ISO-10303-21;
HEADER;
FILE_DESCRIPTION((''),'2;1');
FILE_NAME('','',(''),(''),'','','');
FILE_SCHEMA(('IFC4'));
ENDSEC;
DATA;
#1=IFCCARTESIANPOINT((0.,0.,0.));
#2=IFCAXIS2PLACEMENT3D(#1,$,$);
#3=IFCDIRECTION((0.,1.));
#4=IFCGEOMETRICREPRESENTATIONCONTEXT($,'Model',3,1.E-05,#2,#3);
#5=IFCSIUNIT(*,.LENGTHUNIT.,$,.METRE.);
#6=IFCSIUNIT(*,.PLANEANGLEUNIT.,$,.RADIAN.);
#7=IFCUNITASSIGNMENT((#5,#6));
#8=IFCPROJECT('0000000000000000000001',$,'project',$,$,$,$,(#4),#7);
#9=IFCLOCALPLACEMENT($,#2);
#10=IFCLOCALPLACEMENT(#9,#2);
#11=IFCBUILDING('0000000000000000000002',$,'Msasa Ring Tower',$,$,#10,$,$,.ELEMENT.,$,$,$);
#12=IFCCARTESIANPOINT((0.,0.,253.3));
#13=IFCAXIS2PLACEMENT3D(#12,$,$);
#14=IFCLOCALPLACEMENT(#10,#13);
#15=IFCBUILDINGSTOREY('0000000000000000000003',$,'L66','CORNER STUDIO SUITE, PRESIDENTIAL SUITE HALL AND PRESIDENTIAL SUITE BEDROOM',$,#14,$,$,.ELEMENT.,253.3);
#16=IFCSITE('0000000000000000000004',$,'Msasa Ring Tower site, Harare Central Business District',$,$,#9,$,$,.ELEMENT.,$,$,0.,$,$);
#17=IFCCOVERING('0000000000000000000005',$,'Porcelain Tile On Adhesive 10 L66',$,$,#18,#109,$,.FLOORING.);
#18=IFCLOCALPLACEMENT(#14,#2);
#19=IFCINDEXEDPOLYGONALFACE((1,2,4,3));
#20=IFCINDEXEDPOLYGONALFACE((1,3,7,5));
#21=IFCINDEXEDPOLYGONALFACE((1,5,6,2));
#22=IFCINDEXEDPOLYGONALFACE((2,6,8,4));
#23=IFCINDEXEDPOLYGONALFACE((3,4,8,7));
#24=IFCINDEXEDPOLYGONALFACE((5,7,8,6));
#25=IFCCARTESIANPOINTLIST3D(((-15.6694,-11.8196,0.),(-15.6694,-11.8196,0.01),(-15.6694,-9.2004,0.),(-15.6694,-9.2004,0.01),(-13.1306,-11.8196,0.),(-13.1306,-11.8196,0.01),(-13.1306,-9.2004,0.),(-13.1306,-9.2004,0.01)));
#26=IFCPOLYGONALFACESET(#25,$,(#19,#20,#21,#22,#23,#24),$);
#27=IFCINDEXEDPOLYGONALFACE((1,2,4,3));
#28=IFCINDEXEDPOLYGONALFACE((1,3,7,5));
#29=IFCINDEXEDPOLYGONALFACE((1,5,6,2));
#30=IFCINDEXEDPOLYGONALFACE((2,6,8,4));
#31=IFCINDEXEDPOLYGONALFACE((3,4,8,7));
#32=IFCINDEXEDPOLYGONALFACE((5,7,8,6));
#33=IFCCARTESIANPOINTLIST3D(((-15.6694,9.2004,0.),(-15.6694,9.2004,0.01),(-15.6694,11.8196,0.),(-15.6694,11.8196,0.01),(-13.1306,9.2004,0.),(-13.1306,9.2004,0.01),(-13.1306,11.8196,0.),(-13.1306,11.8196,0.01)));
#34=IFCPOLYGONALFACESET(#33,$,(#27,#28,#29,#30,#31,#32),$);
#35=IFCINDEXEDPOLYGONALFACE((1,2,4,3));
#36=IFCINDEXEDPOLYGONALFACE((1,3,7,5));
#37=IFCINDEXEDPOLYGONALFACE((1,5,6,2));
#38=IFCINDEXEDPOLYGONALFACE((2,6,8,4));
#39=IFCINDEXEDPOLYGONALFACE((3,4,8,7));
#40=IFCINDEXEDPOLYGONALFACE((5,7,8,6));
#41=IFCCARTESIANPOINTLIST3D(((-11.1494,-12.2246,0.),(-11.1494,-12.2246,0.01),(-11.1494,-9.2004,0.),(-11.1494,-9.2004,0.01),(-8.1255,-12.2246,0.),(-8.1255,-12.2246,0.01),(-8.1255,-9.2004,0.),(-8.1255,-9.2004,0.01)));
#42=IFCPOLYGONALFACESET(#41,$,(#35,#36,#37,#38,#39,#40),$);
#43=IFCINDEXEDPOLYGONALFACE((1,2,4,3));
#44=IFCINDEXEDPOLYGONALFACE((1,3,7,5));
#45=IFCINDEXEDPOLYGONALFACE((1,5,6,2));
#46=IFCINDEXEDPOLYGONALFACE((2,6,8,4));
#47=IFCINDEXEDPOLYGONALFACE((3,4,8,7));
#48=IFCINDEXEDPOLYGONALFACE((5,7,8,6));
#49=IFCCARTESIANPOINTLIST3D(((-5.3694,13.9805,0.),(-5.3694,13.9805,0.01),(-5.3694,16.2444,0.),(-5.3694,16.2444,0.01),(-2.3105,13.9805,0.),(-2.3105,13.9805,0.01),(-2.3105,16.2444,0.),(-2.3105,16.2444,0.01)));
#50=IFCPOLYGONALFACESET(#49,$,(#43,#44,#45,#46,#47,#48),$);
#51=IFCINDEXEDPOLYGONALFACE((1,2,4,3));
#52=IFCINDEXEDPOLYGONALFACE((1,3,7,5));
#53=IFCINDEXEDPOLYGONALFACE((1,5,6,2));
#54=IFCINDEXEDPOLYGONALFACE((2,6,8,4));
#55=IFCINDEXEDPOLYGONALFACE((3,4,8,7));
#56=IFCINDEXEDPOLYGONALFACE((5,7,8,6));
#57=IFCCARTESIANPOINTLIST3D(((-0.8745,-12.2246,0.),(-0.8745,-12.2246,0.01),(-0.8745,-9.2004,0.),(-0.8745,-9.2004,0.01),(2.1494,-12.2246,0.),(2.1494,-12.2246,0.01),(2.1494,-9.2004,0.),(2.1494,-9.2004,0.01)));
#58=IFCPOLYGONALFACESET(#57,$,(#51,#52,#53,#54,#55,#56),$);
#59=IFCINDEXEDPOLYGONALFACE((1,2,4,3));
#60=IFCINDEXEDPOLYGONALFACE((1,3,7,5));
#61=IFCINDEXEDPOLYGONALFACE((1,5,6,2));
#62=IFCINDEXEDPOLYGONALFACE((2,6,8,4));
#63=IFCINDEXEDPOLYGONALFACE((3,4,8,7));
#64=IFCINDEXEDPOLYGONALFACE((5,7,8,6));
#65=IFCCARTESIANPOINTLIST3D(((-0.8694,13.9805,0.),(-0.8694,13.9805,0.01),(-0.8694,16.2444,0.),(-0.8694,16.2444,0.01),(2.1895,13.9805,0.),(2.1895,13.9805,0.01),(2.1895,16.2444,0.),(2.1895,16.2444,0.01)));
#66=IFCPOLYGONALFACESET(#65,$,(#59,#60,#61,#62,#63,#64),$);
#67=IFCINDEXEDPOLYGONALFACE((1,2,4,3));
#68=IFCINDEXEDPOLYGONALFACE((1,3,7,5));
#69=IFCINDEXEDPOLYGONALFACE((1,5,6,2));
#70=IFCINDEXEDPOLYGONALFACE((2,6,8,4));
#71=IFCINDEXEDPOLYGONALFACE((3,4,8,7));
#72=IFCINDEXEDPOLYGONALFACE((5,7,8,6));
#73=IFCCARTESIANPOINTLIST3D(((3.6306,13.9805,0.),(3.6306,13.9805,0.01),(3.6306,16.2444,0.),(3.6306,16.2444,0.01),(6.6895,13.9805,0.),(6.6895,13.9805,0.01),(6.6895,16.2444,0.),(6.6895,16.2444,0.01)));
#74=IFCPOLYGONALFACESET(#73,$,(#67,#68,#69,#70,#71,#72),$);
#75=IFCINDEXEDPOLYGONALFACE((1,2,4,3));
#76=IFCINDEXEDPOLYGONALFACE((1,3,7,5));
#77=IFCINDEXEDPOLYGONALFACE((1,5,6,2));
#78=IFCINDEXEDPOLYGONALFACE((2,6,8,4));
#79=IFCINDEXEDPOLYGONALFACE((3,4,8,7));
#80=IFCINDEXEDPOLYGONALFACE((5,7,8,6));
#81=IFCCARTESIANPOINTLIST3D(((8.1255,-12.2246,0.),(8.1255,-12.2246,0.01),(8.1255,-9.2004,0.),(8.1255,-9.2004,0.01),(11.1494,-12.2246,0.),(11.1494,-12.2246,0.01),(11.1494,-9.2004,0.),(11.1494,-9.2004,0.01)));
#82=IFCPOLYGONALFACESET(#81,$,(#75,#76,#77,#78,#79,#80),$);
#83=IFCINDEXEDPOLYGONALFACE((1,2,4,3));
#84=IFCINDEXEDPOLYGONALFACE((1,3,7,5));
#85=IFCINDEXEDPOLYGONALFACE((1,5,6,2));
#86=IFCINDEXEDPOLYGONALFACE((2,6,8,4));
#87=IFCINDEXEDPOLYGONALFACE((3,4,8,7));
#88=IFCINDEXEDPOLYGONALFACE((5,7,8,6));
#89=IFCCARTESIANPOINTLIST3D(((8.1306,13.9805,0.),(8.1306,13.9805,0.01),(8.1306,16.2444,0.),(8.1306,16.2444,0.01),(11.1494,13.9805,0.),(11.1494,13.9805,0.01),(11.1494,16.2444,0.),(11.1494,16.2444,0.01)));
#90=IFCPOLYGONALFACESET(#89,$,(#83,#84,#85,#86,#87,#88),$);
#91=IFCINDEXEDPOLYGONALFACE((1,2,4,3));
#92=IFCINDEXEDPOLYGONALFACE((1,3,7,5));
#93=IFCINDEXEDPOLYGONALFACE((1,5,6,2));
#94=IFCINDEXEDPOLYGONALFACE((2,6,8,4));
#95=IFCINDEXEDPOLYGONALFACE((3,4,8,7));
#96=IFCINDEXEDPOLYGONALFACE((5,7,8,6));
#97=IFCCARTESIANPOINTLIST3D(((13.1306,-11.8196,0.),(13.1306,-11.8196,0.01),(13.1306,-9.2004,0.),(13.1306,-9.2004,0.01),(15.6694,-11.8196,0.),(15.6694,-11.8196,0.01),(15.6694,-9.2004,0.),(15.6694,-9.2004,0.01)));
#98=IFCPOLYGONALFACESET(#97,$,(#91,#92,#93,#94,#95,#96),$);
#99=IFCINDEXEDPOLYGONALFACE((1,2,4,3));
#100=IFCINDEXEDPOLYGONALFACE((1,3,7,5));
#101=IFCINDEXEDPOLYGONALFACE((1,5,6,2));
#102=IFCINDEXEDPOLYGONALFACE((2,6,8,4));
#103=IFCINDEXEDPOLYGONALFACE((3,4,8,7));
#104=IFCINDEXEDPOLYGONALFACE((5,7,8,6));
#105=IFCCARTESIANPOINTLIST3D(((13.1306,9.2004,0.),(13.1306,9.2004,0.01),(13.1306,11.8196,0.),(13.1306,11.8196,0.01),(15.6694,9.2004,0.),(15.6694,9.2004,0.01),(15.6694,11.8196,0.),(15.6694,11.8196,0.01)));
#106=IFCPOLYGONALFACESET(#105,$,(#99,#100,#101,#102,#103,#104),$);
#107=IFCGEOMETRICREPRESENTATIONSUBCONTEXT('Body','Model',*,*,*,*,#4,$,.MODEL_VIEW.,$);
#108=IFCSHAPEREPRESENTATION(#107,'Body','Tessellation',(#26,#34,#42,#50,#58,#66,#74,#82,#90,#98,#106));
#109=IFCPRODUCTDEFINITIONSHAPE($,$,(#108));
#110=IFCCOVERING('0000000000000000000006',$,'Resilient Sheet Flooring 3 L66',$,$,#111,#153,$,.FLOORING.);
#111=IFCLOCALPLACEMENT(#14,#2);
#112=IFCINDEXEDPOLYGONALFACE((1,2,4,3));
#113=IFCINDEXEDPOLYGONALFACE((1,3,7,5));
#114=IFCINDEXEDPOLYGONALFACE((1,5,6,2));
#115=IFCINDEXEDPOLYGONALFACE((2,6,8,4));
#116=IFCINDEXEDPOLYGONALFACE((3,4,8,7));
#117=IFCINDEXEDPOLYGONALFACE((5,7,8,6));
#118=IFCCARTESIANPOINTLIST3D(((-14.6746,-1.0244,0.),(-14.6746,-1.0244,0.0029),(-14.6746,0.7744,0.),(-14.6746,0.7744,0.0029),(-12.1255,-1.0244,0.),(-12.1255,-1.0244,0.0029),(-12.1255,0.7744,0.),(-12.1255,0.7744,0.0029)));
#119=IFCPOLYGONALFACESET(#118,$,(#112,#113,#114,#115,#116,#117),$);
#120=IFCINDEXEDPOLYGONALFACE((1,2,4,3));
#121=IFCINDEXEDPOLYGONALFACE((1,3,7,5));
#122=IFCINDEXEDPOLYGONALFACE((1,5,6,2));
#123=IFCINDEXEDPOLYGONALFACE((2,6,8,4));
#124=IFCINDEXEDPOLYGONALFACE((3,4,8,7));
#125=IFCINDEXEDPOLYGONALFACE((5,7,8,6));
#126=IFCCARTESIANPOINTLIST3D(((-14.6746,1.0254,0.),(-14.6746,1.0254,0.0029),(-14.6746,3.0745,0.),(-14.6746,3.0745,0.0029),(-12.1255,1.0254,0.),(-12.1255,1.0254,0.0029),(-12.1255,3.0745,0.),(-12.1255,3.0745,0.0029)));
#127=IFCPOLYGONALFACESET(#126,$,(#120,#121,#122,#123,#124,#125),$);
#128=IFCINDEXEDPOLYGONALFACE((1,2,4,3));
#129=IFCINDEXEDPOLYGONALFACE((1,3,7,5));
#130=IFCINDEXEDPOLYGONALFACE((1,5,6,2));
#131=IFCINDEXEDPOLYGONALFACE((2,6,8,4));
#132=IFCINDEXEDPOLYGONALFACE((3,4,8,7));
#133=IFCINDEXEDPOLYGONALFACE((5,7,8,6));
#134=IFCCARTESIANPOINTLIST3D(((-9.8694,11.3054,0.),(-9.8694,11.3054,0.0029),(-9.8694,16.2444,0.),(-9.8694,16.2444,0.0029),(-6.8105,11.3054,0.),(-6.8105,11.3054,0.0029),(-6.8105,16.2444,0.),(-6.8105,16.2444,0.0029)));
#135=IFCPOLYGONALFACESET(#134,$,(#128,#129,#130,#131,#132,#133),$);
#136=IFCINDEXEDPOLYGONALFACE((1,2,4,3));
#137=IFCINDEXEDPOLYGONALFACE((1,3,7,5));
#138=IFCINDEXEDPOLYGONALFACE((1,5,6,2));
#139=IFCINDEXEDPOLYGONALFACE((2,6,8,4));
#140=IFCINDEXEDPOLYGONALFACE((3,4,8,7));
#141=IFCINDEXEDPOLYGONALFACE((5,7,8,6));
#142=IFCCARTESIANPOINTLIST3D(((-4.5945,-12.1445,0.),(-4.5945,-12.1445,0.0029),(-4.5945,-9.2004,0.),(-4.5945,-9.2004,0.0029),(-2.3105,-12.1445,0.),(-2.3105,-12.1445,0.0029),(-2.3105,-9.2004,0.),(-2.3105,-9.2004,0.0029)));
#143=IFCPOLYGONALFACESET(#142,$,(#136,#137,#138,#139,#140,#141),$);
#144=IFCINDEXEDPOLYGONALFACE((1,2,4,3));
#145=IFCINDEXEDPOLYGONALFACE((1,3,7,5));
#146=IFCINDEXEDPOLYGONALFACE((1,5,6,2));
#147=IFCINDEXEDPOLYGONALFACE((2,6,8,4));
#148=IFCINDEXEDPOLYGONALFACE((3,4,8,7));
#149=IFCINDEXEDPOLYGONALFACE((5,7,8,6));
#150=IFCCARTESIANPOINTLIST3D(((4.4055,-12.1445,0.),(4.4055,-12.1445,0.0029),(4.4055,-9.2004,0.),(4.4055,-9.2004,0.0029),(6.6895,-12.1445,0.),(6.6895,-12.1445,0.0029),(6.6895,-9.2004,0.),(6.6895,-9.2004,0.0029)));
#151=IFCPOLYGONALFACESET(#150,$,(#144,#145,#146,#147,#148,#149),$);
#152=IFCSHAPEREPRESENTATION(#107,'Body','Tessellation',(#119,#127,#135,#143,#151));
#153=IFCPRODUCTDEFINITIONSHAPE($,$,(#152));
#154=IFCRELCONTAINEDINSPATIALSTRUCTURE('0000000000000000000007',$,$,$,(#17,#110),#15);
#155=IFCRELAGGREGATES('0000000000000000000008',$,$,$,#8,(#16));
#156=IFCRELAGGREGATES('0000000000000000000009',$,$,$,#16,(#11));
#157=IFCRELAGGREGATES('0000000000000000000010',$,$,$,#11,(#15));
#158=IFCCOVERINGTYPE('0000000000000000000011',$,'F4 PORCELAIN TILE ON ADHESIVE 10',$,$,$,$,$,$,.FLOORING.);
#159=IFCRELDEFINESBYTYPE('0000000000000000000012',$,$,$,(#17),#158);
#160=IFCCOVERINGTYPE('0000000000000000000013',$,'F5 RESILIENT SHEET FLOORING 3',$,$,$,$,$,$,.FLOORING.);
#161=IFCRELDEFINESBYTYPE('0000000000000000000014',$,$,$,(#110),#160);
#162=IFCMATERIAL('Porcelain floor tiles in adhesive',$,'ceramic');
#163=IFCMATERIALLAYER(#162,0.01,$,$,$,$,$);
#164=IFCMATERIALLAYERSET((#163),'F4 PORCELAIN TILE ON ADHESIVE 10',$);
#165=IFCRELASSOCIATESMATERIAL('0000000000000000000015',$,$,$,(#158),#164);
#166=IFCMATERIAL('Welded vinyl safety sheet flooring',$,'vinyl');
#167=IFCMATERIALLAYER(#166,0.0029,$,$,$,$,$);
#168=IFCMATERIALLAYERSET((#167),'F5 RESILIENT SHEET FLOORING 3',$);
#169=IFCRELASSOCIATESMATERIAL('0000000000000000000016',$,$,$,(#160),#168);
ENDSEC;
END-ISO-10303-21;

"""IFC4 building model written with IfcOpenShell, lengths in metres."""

from ifc_helpers import new_model, si_unit, direction, frame, origin, place, context, subcontext, project, spatial, line, indexed_curve, outline, extrude, material, layer, layer_set, type_object, element, save


model = new_model("IFC4")

# Units and contexts
model_context = context("Model", 3, precision=1e-05, world=origin(), true_north=direction((0.0, 1.0)))
body_context = subcontext(model_context, "Body", "Model", "MODEL_VIEW")
ifc_project = project(units=[si_unit("LENGTHUNIT", "METRE"), si_unit("PLANEANGLEUNIT", "RADIAN")], contexts=[model_context])

# Site, building, storey
site_placement = place(None, origin())
site = spatial("IfcSite", under=ifc_project, at=site_placement, Name="Msasa Ring Tower site, Harare Central Business District", CompositionType="ELEMENT", RefElevation=0.0)
building_placement = place(site_placement, origin())
building = spatial("IfcBuilding", under=site, at=building_placement, Name="Msasa Ring Tower", CompositionType="ELEMENT")
storey_placement = place(building_placement, frame((0.0, 0.0, 253.3)))
storey = spatial("IfcBuildingStorey", under=building, at=storey_placement, Name="L66", Description="CORNER STUDIO SUITE, PRESIDENTIAL SUITE HALL AND PRESIDENTIAL SUITE BEDROOM", CompositionType="ELEMENT", Elevation=253.3)

# Coverings
ifc_material_1 = material(Name="Porcelain floor tiles in adhesive", Category="ceramic")
ifc_layer_1 = layer(ifc_material_1, 0.01)
ifc_layer_set_1 = layer_set([ifc_layer_1], Name="F4 PORCELAIN TILE ON ADHESIVE 10")
covering_type_1 = type_object("IfcCoveringType", Name="F4 PORCELAIN TILE ON ADHESIVE 10", PredefinedType="FLOORING", material=ifc_layer_set_1)
covering_1_placement = place(storey_placement, origin())
element("IfcCovering", 1, at=covering_1_placement, inside=storey, type_object=covering_type_1, Name="Porcelain Tile On Adhesive 10 L66", PredefinedType="FLOORING", context=body_context, shape_type="SweptSolid", body=[
    extrude(outline(indexed_curve([(-15.6694, -9.2004), (-13.1306, -9.2004), (-13.1306, -11.8196), (-15.6694, -11.8196)], segments=[line(1, 2, 3, 4, 1)], self_intersect=False)), origin(), (0.0, 0.0, 1.0), 0.01),
    extrude(outline(indexed_curve([(-13.1306, 11.8196), (-13.1306, 9.2004), (-15.6694, 9.2004), (-15.6694, 11.8196)], segments=[line(1, 2, 3, 4, 1)], self_intersect=False)), origin(), (0.0, 0.0, 1.0), 0.01),
    extrude(outline(indexed_curve([(-11.1494, -9.2004), (-8.1255, -9.2004), (-8.1255, -12.2246), (-11.1494, -12.2246)], segments=[line(1, 2, 3, 4, 1)], self_intersect=False)), origin(), (0.0, 0.0, 1.0), 0.01),
    extrude(outline(indexed_curve([(-2.3105, 16.2444), (-2.3105, 13.9805), (-5.3694, 13.9805), (-5.3694, 16.2444)], segments=[line(1, 2, 3, 4, 1)], self_intersect=False)), origin(), (0.0, 0.0, 1.0), 0.01),
    extrude(outline(indexed_curve([(2.1494, -9.2004), (2.1494, -12.2246), (-0.8745, -12.2246), (-0.8745, -9.2004)], segments=[line(1, 2, 3, 4, 1)], self_intersect=False)), origin(), (0.0, 0.0, 1.0), 0.01),
    extrude(outline(indexed_curve([(-0.8694, 16.2444), (2.1895, 16.2444), (2.1895, 13.9805), (-0.8694, 13.9805)], segments=[line(1, 2, 3, 4, 1)], self_intersect=False)), origin(), (0.0, 0.0, 1.0), 0.01),
    extrude(outline(indexed_curve([(6.6895, 16.2444), (6.6895, 13.9805), (3.6306, 13.9805), (3.6306, 16.2444)], segments=[line(1, 2, 3, 4, 1)], self_intersect=False)), origin(), (0.0, 0.0, 1.0), 0.01),
    extrude(outline(indexed_curve([(11.1494, -9.2004), (11.1494, -12.2246), (8.1255, -12.2246), (8.1255, -9.2004)], segments=[line(1, 2, 3, 4, 1)], self_intersect=False)), origin(), (0.0, 0.0, 1.0), 0.01),
    extrude(outline(indexed_curve([(11.1494, 16.2444), (11.1494, 13.9805), (8.1306, 13.9805), (8.1306, 16.2444)], segments=[line(1, 2, 3, 4, 1)], self_intersect=False)), origin(), (0.0, 0.0, 1.0), 0.01),
    extrude(outline(indexed_curve([(15.6694, -9.2004), (15.6694, -11.8196), (13.1306, -11.8196), (13.1306, -9.2004)], segments=[line(1, 2, 3, 4, 1)], self_intersect=False)), origin(), (0.0, 0.0, 1.0), 0.01),
    extrude(outline(indexed_curve([(13.1306, 11.8196), (15.6694, 11.8196), (15.6694, 9.2004), (13.1306, 9.2004)], segments=[line(1, 2, 3, 4, 1)], self_intersect=False)), origin(), (0.0, 0.0, 1.0), 0.01),
])
ifc_material_2 = material(Name="Welded vinyl safety sheet flooring", Category="vinyl")
ifc_layer_2 = layer(ifc_material_2, 0.0029)
ifc_layer_set_2 = layer_set([ifc_layer_2], Name="F5 RESILIENT SHEET FLOORING 3")
covering_type_2 = type_object("IfcCoveringType", Name="F5 RESILIENT SHEET FLOORING 3", PredefinedType="FLOORING", material=ifc_layer_set_2)
covering_2_placement = place(storey_placement, origin())
element("IfcCovering", 2, at=covering_2_placement, inside=storey, type_object=covering_type_2, Name="Resilient Sheet Flooring 3 L66", PredefinedType="FLOORING", context=body_context, shape_type="SweptSolid", body=[
    extrude(outline(indexed_curve([(-14.6746, -1.0244), (-14.6746, 0.7744), (-12.1255, 0.7744), (-12.1255, -1.0244)], segments=[line(1, 2, 3, 4, 1)], self_intersect=False)), origin(), (0.0, 0.0, 1.0), 0.0029),
    extrude(outline(indexed_curve([(-14.6746, 3.0745), (-12.1255, 3.0745), (-12.1255, 1.0254), (-14.6746, 1.0254)], segments=[line(1, 2, 3, 4, 1)], self_intersect=False)), origin(), (0.0, 0.0, 1.0), 0.0029),
    extrude(outline(indexed_curve([(-9.8694, 16.2444), (-6.8105, 16.2444), (-6.8105, 11.3054), (-9.8694, 11.3054)], segments=[line(1, 2, 3, 4, 1)], self_intersect=False)), origin(), (0.0, 0.0, 1.0), 0.0029),
    extrude(outline(indexed_curve([(-4.5945, -12.1445), (-4.5945, -9.2004), (-2.3105, -9.2004), (-2.3105, -12.1445)], segments=[line(1, 2, 3, 4, 1)], self_intersect=False)), origin(), (0.0, 0.0, 1.0), 0.0029),
    extrude(outline(indexed_curve([(4.4055, -12.1445), (4.4055, -9.2004), (6.6895, -9.2004), (6.6895, -12.1445)], segments=[line(1, 2, 3, 4, 1)], self_intersect=False)), origin(), (0.0, 0.0, 1.0), 0.0029),
])

save(model, "model.ifc")
